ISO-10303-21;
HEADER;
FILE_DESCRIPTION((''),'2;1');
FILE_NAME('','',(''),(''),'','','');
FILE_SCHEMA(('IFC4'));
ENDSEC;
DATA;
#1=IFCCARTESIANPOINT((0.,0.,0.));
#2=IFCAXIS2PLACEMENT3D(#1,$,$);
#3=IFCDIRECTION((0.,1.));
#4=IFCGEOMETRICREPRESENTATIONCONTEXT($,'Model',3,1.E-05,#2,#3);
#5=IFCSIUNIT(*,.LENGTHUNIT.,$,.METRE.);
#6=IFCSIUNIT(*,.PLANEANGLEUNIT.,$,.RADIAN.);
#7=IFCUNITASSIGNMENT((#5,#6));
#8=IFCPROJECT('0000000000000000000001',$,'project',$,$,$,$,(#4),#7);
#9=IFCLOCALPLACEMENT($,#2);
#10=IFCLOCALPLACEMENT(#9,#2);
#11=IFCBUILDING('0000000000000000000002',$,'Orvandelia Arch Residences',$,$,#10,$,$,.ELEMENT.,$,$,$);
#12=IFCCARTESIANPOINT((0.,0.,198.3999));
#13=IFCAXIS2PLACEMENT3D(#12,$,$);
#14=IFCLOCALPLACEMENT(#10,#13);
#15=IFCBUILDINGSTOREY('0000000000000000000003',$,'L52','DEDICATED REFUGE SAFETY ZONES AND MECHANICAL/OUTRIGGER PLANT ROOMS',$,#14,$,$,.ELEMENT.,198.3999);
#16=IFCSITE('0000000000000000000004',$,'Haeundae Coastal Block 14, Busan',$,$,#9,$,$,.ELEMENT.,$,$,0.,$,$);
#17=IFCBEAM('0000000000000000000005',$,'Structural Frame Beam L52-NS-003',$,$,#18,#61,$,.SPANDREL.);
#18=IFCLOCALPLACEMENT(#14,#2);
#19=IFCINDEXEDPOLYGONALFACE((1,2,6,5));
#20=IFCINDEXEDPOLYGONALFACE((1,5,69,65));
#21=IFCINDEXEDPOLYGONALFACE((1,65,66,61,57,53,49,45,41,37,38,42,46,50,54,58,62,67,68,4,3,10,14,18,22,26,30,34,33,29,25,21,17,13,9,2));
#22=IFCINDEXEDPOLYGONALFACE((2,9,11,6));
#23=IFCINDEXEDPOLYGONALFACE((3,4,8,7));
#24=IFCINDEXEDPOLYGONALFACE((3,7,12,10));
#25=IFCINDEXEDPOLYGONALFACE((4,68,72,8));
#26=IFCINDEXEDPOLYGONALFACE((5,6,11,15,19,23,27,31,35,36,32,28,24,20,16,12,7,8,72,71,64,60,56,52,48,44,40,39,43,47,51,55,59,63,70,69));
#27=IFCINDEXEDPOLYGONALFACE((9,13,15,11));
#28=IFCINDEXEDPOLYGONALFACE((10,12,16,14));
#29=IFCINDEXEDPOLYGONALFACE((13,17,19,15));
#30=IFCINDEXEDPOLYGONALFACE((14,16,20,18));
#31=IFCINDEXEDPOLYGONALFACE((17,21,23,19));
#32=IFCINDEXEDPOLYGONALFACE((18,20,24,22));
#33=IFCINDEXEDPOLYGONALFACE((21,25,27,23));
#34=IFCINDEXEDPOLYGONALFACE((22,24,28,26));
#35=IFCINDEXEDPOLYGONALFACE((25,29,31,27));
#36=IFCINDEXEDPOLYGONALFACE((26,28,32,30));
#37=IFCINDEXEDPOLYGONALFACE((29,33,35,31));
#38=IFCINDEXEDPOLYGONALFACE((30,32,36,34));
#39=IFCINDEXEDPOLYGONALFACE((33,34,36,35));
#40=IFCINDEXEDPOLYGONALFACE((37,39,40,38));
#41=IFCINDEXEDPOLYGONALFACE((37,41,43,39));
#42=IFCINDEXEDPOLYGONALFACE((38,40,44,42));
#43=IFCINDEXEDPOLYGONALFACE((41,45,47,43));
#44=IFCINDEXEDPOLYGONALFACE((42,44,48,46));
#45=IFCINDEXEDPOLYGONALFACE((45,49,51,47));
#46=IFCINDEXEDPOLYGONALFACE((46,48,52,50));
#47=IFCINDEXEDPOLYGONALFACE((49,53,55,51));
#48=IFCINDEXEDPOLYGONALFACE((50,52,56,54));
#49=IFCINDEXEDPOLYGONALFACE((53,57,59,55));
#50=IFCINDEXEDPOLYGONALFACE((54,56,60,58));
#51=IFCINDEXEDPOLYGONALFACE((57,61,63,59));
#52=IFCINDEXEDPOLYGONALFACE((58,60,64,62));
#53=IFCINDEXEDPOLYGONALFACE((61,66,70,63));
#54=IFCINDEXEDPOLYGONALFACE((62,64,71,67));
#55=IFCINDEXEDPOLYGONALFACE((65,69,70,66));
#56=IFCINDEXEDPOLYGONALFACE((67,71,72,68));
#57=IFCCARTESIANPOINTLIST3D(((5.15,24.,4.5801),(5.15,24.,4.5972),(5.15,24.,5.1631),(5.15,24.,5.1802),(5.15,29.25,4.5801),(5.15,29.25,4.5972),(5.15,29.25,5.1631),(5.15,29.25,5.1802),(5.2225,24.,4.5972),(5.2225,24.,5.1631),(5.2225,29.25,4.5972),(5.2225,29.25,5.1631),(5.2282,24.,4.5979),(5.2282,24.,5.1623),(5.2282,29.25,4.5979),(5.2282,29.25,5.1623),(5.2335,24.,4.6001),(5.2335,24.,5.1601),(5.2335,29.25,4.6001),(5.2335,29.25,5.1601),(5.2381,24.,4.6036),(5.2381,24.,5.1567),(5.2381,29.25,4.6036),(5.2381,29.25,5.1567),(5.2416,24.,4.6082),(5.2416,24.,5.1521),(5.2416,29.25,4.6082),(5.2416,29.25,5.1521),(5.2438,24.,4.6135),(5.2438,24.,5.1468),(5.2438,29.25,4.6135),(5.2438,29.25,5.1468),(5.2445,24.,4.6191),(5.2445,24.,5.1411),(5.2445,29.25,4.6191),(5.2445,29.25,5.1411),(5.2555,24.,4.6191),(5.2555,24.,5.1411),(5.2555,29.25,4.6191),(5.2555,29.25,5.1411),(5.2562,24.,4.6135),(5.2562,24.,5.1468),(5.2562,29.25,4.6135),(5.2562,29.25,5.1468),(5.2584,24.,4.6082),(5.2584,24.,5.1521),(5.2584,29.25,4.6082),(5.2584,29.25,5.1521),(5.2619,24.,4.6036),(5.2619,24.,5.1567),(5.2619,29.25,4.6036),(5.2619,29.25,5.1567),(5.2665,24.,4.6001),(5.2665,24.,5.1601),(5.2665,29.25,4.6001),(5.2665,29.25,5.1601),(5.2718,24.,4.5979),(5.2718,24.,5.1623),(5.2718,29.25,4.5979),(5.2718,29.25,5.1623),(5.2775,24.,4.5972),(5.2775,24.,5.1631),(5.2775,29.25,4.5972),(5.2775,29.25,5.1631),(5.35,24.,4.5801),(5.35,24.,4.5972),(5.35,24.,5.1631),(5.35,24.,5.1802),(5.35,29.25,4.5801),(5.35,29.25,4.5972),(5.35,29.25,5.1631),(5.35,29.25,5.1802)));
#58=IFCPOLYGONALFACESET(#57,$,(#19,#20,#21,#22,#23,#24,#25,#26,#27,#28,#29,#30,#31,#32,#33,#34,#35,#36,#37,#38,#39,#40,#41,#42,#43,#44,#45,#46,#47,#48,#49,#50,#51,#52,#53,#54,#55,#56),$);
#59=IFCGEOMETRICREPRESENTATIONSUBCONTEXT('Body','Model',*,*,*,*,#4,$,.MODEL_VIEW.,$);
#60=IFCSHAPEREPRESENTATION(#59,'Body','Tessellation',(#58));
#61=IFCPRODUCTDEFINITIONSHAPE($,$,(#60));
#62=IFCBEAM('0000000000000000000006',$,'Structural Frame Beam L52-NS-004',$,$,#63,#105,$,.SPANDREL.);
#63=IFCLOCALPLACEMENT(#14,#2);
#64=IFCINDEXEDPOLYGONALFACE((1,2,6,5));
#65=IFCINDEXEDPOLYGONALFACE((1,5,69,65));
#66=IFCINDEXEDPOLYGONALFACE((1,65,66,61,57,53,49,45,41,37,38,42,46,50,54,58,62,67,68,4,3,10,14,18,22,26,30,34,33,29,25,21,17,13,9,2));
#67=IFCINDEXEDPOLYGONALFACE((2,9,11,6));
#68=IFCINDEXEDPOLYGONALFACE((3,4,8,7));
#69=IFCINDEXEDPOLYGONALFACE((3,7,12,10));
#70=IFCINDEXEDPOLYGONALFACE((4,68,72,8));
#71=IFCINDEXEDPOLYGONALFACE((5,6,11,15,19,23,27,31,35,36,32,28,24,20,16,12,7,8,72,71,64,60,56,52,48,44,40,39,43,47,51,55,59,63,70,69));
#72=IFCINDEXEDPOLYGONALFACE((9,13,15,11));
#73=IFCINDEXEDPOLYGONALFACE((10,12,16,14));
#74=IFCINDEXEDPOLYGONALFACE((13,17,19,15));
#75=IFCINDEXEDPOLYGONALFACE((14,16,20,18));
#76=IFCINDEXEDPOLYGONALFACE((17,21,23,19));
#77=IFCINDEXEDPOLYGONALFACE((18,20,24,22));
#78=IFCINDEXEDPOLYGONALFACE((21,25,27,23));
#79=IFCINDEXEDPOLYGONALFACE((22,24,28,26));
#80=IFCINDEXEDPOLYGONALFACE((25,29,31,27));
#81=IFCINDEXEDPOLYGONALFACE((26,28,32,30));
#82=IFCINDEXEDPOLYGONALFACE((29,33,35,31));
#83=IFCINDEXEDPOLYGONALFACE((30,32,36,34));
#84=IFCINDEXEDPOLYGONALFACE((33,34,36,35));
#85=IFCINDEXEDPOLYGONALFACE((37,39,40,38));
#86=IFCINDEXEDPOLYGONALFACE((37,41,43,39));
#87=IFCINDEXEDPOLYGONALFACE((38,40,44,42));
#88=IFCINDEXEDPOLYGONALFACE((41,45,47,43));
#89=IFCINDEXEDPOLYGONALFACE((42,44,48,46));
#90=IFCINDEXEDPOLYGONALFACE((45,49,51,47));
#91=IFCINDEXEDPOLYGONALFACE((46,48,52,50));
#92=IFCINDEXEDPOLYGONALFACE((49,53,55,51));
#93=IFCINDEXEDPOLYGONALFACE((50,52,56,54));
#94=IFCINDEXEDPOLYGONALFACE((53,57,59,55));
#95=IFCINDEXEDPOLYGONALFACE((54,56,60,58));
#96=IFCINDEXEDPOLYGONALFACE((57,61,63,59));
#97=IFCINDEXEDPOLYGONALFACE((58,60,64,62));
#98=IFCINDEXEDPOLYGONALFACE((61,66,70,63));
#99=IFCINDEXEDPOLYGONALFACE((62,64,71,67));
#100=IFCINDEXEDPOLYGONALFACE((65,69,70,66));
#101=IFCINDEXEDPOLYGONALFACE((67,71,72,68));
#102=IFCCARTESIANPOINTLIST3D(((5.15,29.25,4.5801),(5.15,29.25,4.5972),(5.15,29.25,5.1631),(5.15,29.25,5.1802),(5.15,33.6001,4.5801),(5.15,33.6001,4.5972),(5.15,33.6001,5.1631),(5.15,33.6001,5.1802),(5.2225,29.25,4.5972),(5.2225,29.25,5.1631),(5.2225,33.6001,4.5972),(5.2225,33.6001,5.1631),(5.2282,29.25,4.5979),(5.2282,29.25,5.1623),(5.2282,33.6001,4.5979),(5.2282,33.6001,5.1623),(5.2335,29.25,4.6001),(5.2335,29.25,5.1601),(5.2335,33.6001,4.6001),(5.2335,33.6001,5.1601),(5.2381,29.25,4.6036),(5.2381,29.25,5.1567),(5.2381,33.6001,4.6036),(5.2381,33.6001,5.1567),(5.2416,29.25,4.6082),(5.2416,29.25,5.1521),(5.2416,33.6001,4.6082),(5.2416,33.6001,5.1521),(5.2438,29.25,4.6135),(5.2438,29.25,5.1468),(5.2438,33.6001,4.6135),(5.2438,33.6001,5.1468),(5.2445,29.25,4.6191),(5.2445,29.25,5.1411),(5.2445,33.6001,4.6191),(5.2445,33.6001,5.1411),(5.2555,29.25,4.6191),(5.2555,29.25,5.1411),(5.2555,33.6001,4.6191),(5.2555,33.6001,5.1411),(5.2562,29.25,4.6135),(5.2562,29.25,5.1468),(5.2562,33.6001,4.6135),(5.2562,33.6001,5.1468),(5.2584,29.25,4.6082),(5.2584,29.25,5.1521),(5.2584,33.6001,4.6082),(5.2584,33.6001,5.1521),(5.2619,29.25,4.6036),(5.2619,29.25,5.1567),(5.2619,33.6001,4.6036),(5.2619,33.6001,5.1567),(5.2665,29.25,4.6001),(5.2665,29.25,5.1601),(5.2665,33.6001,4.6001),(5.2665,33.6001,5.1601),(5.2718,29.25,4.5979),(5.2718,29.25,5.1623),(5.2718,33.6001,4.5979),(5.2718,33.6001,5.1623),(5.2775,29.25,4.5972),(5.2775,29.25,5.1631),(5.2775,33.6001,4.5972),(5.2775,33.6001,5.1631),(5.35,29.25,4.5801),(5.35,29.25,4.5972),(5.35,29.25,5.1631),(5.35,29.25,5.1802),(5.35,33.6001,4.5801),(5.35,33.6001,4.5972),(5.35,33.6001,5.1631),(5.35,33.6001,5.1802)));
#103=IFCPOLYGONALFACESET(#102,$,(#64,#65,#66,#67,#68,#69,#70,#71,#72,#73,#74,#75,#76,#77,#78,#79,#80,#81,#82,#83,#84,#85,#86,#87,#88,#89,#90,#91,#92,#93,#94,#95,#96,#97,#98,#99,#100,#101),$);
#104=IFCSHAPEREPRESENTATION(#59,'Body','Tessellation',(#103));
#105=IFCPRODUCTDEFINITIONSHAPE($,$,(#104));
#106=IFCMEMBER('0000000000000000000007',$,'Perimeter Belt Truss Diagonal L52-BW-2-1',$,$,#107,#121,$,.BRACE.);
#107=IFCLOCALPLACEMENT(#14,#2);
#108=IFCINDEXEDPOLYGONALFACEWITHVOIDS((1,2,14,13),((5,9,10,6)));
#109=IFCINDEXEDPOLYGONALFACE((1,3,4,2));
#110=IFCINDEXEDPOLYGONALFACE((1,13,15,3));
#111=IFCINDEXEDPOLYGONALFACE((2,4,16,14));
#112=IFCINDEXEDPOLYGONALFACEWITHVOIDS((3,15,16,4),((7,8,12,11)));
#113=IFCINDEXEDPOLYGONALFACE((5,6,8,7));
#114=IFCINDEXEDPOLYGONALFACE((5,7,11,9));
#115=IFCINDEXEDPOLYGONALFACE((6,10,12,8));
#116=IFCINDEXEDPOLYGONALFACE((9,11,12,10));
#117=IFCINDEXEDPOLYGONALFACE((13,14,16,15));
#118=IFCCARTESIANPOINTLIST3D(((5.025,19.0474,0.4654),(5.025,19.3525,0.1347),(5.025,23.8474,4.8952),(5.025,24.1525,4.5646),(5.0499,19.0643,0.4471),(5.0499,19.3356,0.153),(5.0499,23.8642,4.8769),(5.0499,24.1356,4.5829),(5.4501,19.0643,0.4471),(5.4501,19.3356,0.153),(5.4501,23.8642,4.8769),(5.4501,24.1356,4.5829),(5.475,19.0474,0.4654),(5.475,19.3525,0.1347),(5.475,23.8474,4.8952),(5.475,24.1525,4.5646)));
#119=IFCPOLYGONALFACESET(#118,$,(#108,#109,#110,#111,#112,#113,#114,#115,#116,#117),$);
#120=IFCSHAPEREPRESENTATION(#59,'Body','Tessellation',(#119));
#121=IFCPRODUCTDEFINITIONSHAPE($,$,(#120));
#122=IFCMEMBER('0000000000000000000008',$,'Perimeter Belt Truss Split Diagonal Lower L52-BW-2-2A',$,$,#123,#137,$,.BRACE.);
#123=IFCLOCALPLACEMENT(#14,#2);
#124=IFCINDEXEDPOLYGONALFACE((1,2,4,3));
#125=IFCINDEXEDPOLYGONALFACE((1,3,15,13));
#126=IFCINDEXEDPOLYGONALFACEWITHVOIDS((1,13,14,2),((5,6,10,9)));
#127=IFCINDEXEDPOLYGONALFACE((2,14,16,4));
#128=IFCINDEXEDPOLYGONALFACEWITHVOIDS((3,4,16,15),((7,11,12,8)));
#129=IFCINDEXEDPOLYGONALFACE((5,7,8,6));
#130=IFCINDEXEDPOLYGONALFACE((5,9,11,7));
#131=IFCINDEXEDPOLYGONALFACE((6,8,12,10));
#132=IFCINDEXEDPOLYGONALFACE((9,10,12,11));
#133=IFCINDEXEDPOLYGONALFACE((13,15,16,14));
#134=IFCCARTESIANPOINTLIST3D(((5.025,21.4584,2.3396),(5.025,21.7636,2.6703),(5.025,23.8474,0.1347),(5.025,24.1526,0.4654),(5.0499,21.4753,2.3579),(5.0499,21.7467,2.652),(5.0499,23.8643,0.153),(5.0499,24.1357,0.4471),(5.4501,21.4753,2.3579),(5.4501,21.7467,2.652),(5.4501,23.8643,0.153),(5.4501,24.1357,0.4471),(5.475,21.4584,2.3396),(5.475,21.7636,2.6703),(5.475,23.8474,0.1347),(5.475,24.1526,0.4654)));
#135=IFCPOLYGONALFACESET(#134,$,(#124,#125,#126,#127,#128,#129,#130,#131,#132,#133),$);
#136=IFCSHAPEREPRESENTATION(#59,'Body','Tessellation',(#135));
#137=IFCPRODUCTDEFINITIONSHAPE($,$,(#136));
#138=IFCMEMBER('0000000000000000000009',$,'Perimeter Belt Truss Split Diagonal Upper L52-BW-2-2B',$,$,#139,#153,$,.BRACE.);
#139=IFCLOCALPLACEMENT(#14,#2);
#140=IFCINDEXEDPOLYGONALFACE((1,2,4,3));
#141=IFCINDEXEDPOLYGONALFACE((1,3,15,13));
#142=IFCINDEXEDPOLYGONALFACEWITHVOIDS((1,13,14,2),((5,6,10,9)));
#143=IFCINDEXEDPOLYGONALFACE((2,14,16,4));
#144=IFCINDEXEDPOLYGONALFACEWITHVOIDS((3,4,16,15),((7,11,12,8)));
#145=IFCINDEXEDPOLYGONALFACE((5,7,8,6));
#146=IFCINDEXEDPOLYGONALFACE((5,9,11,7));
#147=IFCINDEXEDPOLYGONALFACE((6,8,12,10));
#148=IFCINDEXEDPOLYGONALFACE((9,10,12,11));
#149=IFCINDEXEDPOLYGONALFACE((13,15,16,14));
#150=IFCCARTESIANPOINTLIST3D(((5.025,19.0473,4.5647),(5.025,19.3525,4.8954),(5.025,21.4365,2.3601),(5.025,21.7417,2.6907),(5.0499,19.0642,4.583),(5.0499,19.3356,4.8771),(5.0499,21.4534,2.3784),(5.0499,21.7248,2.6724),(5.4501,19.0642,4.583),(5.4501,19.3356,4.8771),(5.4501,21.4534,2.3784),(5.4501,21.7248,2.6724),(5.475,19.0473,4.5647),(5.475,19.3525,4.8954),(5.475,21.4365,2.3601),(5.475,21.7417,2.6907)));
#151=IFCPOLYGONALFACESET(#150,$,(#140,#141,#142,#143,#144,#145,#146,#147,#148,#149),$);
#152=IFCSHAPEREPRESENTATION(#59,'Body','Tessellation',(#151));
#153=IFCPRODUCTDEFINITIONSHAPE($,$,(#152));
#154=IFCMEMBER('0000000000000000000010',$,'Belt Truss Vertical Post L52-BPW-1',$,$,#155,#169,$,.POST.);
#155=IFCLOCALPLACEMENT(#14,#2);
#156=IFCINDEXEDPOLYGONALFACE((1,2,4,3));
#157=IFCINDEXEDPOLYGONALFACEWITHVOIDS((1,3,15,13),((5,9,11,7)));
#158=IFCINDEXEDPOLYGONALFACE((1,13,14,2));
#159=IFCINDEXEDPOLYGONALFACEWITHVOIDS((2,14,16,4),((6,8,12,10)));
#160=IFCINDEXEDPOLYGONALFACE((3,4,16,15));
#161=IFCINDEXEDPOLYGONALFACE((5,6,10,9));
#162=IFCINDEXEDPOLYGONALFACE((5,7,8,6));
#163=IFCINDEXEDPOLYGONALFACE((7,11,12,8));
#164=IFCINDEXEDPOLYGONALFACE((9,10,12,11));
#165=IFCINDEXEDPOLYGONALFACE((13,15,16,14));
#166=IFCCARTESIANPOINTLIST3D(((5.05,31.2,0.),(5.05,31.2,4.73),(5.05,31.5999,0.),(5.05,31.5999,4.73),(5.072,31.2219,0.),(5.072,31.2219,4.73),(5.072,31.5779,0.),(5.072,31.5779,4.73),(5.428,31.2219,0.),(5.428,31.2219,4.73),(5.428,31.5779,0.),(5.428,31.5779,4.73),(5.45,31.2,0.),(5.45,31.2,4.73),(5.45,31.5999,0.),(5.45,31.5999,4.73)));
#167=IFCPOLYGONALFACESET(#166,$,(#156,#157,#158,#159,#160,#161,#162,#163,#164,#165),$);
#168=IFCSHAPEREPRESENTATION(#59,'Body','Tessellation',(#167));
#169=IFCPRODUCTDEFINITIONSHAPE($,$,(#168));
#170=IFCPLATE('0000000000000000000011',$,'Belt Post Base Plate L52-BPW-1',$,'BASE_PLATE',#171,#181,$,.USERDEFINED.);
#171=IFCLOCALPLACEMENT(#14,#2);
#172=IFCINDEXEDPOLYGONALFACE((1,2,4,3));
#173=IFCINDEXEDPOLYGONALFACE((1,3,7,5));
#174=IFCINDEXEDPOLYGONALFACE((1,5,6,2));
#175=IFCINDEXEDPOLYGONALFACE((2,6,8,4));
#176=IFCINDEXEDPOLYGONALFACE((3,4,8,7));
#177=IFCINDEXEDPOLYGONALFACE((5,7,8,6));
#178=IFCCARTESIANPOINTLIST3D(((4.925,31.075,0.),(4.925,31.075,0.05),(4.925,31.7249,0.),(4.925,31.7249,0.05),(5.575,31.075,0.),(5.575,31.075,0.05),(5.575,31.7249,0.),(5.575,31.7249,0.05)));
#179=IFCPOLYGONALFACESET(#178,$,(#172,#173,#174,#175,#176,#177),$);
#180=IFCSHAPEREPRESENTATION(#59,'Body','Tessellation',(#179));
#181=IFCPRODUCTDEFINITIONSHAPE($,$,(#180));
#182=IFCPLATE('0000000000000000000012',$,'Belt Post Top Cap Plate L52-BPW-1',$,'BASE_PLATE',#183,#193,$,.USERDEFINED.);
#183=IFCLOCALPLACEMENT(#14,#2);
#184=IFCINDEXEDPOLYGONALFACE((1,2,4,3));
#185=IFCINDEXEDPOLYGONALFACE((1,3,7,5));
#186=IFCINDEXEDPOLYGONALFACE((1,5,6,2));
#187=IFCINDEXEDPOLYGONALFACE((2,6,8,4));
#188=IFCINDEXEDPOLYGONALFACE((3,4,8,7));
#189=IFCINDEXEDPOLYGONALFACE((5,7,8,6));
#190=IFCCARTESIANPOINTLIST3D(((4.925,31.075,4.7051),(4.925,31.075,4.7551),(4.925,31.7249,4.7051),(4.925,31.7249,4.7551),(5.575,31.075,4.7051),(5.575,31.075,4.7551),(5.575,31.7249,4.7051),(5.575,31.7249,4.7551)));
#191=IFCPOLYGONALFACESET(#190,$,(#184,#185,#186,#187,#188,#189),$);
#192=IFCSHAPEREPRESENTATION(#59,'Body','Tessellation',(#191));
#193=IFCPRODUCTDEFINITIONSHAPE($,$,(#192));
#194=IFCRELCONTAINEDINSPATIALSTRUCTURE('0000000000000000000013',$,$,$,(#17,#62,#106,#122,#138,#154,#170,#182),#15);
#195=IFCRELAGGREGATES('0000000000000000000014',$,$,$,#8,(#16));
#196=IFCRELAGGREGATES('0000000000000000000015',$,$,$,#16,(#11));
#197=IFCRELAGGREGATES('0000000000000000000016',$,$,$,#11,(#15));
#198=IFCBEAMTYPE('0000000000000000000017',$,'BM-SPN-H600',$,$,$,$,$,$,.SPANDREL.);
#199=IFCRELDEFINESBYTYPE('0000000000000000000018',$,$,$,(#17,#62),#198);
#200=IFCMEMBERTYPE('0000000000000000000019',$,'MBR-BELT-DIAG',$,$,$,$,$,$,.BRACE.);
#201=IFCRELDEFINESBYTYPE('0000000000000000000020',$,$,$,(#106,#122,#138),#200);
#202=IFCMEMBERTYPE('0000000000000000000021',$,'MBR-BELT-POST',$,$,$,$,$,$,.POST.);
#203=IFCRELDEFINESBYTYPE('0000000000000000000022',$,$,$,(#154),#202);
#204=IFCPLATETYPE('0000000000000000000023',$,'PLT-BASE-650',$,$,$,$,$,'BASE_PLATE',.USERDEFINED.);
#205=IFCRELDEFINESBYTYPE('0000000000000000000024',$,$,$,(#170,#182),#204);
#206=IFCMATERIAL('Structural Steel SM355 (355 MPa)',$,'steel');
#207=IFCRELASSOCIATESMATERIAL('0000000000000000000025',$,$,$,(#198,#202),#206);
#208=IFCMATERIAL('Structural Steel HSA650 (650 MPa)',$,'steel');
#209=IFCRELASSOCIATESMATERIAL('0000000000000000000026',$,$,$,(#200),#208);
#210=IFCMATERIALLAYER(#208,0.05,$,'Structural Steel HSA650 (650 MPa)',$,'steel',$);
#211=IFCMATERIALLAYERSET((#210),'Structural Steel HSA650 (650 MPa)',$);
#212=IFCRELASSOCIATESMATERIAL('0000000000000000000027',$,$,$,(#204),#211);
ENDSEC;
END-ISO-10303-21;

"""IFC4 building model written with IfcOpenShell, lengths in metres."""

from ifc_helpers import new_model, si_unit, direction, frame, origin, origin_2d, place, context, subcontext, project, spatial, rectangle, hollow_rectangle, i_section, extrude, material, layer, layer_set, material_profile, profile_set, type_object, element, save


model = new_model("IFC4")

# Units and contexts
model_context = context("Model", 3, precision=1e-05, world=origin(), true_north=direction((0.0, 1.0)))
body_context = subcontext(model_context, "Body", "Model", "MODEL_VIEW")
ifc_project = project(units=[si_unit("LENGTHUNIT", "METRE"), si_unit("PLANEANGLEUNIT", "RADIAN")], contexts=[model_context])

# Site, building, storey
site_placement = place(None, origin())
site = spatial("IfcSite", under=ifc_project, at=site_placement, Name="Haeundae Coastal Block 14, Busan", CompositionType="ELEMENT", RefElevation=0.0)
building_placement = place(site_placement, origin())
building = spatial("IfcBuilding", under=site, at=building_placement, Name="Orvandelia Arch Residences", CompositionType="ELEMENT")
storey_placement = place(building_placement, frame((0.0, 0.0, 198.3999)))
storey = spatial("IfcBuildingStorey", under=building, at=storey_placement, Name="L52", Description="DEDICATED REFUGE SAFETY ZONES AND MECHANICAL/OUTRIGGER PLANT ROOMS", CompositionType="ELEMENT", Elevation=198.3999)

# Beams
ifc_material_1 = material(Name="Structural Steel SM355 (355 MPa)", Category="steel")
ifc_material_profile_1 = material_profile(ifc_material_1, i_section(OverallWidth=0.2, OverallDepth=0.6001, WebThickness=0.011, FlangeThickness=0.0171, FilletRadius=0.022, at=origin_2d()), Name="Structural Steel SM355 (355 MPa)", Category="steel")
ifc_profile_set_1 = profile_set([ifc_material_profile_1], Name="Structural Steel SM355 (355 MPa)")
beam_type_1 = type_object("IfcBeamType", Name="BM-SPN-H600", PredefinedType="SPANDREL", material=ifc_profile_set_1)
beam_1_placement = place(storey_placement, frame((5.25, 24.0, 4.8801), z_axis=(0.0, 1.0, 0.0), x_axis=(-1.0, 0.0, 0.0)))
element("IfcBeam", 1, at=beam_1_placement, inside=storey, type_object=beam_type_1, Name="Structural Frame Beam L52-NS-003", PredefinedType="SPANDREL", context=body_context, shape_type="SweptSolid", body=[
    extrude(i_section(OverallWidth=0.2, OverallDepth=0.6001, WebThickness=0.011, FlangeThickness=0.0171, FilletRadius=0.022, at=origin_2d()), origin(), (0.0, 0.0, 1.0), 5.25),
])
beam_2_placement = place(storey_placement, frame((5.25, 29.25, 4.8801), z_axis=(0.0, 1.0, 0.0), x_axis=(-1.0, 0.0, 0.0)))
element("IfcBeam", 2, at=beam_2_placement, inside=storey, type_object=beam_type_1, Name="Structural Frame Beam L52-NS-004", PredefinedType="SPANDREL", context=body_context, shape_type="SweptSolid", body=[
    extrude(i_section(OverallWidth=0.2, OverallDepth=0.6001, WebThickness=0.011, FlangeThickness=0.0171, FilletRadius=0.022, at=origin_2d()), origin(), (0.0, 0.0, 1.0), 4.3501),
])

# Members
ifc_material_2 = material(Name="Structural Steel HSA650 (650 MPa)", Category="steel")
ifc_material_profile_2 = material_profile(ifc_material_2, hollow_rectangle(XDim=0.45, YDim=0.45, WallThickness=0.0249, at=origin_2d()), Name="Structural Steel HSA650 (650 MPa)", Category="steel")
ifc_profile_set_2 = profile_set([ifc_material_profile_2], Name="Structural Steel HSA650 (650 MPa)")
member_type_1 = type_object("IfcMemberType", Name="MBR-BELT-DIAG", PredefinedType="BRACE", material=ifc_profile_set_2)
member_1_placement = place(storey_placement, frame((5.25, 19.2, 0.3), z_axis=(0.0, 0.734871, 0.678207), x_axis=(-1.0, 0.0, 0.0)))
element("IfcMember", 3, at=member_1_placement, inside=storey, type_object=member_type_1, Name="Perimeter Belt Truss Diagonal L52-BW-2-1", PredefinedType="BRACE", context=body_context, shape_type="SweptSolid", body=[
    extrude(hollow_rectangle(XDim=0.45, YDim=0.45, WallThickness=0.0249, at=origin_2d()), origin(), (0.0, 0.0, 1.0), 6.5317),
])
for number, where, z_axis, x_axis, name in (
    (4, (5.25, 24.0, 0.3), (0.0, -0.734852, 0.678227), (1.0, 0.0, 0.0), "Perimeter Belt Truss Split Diagonal Lower L52-BW-2-2A"),
    (5, (5.25, 21.5891, 2.5254), (0.0, -0.734924, 0.678149), (1.0, 0.0, 0.0), "Perimeter Belt Truss Split Diagonal Upper L52-BW-2-2B"),
):
    element("IfcMember", number, at=place(storey_placement, frame(where, z_axis=z_axis, x_axis=x_axis)), inside=storey, type_object=member_type_1, Name=name, PredefinedType="BRACE", context=body_context, shape_type="SweptSolid", body=[
        extrude(hollow_rectangle(XDim=0.45, YDim=0.45, WallThickness=0.0249, at=origin_2d()), origin(), (0.0, 0.0, 1.0), 3.251),
    ])
ifc_material_profile_3 = material_profile(ifc_material_1, hollow_rectangle(XDim=0.3999, YDim=0.3999, WallThickness=0.022, at=origin_2d()), Name="Structural Steel SM355 (355 MPa)", Category="steel")
ifc_profile_set_3 = profile_set([ifc_material_profile_3], Name="Structural Steel SM355 (355 MPa)")
member_type_2 = type_object("IfcMemberType", Name="MBR-BELT-POST", PredefinedType="POST", material=ifc_profile_set_3)
member_2_placement = place(storey_placement, frame((5.25, 31.3999, 0.0), z_axis=(0.0, 0.0, 1.0), x_axis=(1.0, 0.0, 0.0)))
element("IfcMember", 6, at=member_2_placement, inside=storey, type_object=member_type_2, Name="Belt Truss Vertical Post L52-BPW-1", PredefinedType="POST", context=body_context, shape_type="SweptSolid", body=[
    extrude(hollow_rectangle(XDim=0.3999, YDim=0.3999, WallThickness=0.022, at=origin_2d()), origin(), (0.0, 0.0, 1.0), 4.73),
])

# Plates
ifc_layer_1 = layer(ifc_material_2, 0.05, Name="Structural Steel HSA650 (650 MPa)", Category="steel")
ifc_layer_set_1 = layer_set([ifc_layer_1], Name="Structural Steel HSA650 (650 MPa)")
plate_type_1 = type_object("IfcPlateType", Name="PLT-BASE-650", ElementType="BASE_PLATE", PredefinedType="USERDEFINED", material=ifc_layer_set_1)
for number, where, z_axis, x_axis, name in (
    (7, (5.25, 31.3999, 0.0), (0.0, 0.0, 1.0), (1.0, 0.0, 0.0), "Belt Post Base Plate L52-BPW-1"),
    (8, (5.25, 31.3999, 4.7051), (0.0, 0.0, 1.0), (1.0, 0.0, 0.0), "Belt Post Top Cap Plate L52-BPW-1"),
):
    element("IfcPlate", number, at=place(storey_placement, frame(where, z_axis=z_axis, x_axis=x_axis)), inside=storey, type_object=plate_type_1, Name=name, ObjectType="BASE_PLATE", PredefinedType="USERDEFINED", context=body_context, shape_type="SweptSolid", body=[
        extrude(rectangle(XDim=0.6499, YDim=0.6499, at=origin_2d()), origin(), (0.0, 0.0, 1.0), 0.05),
    ])

save(model, "model.ifc")
